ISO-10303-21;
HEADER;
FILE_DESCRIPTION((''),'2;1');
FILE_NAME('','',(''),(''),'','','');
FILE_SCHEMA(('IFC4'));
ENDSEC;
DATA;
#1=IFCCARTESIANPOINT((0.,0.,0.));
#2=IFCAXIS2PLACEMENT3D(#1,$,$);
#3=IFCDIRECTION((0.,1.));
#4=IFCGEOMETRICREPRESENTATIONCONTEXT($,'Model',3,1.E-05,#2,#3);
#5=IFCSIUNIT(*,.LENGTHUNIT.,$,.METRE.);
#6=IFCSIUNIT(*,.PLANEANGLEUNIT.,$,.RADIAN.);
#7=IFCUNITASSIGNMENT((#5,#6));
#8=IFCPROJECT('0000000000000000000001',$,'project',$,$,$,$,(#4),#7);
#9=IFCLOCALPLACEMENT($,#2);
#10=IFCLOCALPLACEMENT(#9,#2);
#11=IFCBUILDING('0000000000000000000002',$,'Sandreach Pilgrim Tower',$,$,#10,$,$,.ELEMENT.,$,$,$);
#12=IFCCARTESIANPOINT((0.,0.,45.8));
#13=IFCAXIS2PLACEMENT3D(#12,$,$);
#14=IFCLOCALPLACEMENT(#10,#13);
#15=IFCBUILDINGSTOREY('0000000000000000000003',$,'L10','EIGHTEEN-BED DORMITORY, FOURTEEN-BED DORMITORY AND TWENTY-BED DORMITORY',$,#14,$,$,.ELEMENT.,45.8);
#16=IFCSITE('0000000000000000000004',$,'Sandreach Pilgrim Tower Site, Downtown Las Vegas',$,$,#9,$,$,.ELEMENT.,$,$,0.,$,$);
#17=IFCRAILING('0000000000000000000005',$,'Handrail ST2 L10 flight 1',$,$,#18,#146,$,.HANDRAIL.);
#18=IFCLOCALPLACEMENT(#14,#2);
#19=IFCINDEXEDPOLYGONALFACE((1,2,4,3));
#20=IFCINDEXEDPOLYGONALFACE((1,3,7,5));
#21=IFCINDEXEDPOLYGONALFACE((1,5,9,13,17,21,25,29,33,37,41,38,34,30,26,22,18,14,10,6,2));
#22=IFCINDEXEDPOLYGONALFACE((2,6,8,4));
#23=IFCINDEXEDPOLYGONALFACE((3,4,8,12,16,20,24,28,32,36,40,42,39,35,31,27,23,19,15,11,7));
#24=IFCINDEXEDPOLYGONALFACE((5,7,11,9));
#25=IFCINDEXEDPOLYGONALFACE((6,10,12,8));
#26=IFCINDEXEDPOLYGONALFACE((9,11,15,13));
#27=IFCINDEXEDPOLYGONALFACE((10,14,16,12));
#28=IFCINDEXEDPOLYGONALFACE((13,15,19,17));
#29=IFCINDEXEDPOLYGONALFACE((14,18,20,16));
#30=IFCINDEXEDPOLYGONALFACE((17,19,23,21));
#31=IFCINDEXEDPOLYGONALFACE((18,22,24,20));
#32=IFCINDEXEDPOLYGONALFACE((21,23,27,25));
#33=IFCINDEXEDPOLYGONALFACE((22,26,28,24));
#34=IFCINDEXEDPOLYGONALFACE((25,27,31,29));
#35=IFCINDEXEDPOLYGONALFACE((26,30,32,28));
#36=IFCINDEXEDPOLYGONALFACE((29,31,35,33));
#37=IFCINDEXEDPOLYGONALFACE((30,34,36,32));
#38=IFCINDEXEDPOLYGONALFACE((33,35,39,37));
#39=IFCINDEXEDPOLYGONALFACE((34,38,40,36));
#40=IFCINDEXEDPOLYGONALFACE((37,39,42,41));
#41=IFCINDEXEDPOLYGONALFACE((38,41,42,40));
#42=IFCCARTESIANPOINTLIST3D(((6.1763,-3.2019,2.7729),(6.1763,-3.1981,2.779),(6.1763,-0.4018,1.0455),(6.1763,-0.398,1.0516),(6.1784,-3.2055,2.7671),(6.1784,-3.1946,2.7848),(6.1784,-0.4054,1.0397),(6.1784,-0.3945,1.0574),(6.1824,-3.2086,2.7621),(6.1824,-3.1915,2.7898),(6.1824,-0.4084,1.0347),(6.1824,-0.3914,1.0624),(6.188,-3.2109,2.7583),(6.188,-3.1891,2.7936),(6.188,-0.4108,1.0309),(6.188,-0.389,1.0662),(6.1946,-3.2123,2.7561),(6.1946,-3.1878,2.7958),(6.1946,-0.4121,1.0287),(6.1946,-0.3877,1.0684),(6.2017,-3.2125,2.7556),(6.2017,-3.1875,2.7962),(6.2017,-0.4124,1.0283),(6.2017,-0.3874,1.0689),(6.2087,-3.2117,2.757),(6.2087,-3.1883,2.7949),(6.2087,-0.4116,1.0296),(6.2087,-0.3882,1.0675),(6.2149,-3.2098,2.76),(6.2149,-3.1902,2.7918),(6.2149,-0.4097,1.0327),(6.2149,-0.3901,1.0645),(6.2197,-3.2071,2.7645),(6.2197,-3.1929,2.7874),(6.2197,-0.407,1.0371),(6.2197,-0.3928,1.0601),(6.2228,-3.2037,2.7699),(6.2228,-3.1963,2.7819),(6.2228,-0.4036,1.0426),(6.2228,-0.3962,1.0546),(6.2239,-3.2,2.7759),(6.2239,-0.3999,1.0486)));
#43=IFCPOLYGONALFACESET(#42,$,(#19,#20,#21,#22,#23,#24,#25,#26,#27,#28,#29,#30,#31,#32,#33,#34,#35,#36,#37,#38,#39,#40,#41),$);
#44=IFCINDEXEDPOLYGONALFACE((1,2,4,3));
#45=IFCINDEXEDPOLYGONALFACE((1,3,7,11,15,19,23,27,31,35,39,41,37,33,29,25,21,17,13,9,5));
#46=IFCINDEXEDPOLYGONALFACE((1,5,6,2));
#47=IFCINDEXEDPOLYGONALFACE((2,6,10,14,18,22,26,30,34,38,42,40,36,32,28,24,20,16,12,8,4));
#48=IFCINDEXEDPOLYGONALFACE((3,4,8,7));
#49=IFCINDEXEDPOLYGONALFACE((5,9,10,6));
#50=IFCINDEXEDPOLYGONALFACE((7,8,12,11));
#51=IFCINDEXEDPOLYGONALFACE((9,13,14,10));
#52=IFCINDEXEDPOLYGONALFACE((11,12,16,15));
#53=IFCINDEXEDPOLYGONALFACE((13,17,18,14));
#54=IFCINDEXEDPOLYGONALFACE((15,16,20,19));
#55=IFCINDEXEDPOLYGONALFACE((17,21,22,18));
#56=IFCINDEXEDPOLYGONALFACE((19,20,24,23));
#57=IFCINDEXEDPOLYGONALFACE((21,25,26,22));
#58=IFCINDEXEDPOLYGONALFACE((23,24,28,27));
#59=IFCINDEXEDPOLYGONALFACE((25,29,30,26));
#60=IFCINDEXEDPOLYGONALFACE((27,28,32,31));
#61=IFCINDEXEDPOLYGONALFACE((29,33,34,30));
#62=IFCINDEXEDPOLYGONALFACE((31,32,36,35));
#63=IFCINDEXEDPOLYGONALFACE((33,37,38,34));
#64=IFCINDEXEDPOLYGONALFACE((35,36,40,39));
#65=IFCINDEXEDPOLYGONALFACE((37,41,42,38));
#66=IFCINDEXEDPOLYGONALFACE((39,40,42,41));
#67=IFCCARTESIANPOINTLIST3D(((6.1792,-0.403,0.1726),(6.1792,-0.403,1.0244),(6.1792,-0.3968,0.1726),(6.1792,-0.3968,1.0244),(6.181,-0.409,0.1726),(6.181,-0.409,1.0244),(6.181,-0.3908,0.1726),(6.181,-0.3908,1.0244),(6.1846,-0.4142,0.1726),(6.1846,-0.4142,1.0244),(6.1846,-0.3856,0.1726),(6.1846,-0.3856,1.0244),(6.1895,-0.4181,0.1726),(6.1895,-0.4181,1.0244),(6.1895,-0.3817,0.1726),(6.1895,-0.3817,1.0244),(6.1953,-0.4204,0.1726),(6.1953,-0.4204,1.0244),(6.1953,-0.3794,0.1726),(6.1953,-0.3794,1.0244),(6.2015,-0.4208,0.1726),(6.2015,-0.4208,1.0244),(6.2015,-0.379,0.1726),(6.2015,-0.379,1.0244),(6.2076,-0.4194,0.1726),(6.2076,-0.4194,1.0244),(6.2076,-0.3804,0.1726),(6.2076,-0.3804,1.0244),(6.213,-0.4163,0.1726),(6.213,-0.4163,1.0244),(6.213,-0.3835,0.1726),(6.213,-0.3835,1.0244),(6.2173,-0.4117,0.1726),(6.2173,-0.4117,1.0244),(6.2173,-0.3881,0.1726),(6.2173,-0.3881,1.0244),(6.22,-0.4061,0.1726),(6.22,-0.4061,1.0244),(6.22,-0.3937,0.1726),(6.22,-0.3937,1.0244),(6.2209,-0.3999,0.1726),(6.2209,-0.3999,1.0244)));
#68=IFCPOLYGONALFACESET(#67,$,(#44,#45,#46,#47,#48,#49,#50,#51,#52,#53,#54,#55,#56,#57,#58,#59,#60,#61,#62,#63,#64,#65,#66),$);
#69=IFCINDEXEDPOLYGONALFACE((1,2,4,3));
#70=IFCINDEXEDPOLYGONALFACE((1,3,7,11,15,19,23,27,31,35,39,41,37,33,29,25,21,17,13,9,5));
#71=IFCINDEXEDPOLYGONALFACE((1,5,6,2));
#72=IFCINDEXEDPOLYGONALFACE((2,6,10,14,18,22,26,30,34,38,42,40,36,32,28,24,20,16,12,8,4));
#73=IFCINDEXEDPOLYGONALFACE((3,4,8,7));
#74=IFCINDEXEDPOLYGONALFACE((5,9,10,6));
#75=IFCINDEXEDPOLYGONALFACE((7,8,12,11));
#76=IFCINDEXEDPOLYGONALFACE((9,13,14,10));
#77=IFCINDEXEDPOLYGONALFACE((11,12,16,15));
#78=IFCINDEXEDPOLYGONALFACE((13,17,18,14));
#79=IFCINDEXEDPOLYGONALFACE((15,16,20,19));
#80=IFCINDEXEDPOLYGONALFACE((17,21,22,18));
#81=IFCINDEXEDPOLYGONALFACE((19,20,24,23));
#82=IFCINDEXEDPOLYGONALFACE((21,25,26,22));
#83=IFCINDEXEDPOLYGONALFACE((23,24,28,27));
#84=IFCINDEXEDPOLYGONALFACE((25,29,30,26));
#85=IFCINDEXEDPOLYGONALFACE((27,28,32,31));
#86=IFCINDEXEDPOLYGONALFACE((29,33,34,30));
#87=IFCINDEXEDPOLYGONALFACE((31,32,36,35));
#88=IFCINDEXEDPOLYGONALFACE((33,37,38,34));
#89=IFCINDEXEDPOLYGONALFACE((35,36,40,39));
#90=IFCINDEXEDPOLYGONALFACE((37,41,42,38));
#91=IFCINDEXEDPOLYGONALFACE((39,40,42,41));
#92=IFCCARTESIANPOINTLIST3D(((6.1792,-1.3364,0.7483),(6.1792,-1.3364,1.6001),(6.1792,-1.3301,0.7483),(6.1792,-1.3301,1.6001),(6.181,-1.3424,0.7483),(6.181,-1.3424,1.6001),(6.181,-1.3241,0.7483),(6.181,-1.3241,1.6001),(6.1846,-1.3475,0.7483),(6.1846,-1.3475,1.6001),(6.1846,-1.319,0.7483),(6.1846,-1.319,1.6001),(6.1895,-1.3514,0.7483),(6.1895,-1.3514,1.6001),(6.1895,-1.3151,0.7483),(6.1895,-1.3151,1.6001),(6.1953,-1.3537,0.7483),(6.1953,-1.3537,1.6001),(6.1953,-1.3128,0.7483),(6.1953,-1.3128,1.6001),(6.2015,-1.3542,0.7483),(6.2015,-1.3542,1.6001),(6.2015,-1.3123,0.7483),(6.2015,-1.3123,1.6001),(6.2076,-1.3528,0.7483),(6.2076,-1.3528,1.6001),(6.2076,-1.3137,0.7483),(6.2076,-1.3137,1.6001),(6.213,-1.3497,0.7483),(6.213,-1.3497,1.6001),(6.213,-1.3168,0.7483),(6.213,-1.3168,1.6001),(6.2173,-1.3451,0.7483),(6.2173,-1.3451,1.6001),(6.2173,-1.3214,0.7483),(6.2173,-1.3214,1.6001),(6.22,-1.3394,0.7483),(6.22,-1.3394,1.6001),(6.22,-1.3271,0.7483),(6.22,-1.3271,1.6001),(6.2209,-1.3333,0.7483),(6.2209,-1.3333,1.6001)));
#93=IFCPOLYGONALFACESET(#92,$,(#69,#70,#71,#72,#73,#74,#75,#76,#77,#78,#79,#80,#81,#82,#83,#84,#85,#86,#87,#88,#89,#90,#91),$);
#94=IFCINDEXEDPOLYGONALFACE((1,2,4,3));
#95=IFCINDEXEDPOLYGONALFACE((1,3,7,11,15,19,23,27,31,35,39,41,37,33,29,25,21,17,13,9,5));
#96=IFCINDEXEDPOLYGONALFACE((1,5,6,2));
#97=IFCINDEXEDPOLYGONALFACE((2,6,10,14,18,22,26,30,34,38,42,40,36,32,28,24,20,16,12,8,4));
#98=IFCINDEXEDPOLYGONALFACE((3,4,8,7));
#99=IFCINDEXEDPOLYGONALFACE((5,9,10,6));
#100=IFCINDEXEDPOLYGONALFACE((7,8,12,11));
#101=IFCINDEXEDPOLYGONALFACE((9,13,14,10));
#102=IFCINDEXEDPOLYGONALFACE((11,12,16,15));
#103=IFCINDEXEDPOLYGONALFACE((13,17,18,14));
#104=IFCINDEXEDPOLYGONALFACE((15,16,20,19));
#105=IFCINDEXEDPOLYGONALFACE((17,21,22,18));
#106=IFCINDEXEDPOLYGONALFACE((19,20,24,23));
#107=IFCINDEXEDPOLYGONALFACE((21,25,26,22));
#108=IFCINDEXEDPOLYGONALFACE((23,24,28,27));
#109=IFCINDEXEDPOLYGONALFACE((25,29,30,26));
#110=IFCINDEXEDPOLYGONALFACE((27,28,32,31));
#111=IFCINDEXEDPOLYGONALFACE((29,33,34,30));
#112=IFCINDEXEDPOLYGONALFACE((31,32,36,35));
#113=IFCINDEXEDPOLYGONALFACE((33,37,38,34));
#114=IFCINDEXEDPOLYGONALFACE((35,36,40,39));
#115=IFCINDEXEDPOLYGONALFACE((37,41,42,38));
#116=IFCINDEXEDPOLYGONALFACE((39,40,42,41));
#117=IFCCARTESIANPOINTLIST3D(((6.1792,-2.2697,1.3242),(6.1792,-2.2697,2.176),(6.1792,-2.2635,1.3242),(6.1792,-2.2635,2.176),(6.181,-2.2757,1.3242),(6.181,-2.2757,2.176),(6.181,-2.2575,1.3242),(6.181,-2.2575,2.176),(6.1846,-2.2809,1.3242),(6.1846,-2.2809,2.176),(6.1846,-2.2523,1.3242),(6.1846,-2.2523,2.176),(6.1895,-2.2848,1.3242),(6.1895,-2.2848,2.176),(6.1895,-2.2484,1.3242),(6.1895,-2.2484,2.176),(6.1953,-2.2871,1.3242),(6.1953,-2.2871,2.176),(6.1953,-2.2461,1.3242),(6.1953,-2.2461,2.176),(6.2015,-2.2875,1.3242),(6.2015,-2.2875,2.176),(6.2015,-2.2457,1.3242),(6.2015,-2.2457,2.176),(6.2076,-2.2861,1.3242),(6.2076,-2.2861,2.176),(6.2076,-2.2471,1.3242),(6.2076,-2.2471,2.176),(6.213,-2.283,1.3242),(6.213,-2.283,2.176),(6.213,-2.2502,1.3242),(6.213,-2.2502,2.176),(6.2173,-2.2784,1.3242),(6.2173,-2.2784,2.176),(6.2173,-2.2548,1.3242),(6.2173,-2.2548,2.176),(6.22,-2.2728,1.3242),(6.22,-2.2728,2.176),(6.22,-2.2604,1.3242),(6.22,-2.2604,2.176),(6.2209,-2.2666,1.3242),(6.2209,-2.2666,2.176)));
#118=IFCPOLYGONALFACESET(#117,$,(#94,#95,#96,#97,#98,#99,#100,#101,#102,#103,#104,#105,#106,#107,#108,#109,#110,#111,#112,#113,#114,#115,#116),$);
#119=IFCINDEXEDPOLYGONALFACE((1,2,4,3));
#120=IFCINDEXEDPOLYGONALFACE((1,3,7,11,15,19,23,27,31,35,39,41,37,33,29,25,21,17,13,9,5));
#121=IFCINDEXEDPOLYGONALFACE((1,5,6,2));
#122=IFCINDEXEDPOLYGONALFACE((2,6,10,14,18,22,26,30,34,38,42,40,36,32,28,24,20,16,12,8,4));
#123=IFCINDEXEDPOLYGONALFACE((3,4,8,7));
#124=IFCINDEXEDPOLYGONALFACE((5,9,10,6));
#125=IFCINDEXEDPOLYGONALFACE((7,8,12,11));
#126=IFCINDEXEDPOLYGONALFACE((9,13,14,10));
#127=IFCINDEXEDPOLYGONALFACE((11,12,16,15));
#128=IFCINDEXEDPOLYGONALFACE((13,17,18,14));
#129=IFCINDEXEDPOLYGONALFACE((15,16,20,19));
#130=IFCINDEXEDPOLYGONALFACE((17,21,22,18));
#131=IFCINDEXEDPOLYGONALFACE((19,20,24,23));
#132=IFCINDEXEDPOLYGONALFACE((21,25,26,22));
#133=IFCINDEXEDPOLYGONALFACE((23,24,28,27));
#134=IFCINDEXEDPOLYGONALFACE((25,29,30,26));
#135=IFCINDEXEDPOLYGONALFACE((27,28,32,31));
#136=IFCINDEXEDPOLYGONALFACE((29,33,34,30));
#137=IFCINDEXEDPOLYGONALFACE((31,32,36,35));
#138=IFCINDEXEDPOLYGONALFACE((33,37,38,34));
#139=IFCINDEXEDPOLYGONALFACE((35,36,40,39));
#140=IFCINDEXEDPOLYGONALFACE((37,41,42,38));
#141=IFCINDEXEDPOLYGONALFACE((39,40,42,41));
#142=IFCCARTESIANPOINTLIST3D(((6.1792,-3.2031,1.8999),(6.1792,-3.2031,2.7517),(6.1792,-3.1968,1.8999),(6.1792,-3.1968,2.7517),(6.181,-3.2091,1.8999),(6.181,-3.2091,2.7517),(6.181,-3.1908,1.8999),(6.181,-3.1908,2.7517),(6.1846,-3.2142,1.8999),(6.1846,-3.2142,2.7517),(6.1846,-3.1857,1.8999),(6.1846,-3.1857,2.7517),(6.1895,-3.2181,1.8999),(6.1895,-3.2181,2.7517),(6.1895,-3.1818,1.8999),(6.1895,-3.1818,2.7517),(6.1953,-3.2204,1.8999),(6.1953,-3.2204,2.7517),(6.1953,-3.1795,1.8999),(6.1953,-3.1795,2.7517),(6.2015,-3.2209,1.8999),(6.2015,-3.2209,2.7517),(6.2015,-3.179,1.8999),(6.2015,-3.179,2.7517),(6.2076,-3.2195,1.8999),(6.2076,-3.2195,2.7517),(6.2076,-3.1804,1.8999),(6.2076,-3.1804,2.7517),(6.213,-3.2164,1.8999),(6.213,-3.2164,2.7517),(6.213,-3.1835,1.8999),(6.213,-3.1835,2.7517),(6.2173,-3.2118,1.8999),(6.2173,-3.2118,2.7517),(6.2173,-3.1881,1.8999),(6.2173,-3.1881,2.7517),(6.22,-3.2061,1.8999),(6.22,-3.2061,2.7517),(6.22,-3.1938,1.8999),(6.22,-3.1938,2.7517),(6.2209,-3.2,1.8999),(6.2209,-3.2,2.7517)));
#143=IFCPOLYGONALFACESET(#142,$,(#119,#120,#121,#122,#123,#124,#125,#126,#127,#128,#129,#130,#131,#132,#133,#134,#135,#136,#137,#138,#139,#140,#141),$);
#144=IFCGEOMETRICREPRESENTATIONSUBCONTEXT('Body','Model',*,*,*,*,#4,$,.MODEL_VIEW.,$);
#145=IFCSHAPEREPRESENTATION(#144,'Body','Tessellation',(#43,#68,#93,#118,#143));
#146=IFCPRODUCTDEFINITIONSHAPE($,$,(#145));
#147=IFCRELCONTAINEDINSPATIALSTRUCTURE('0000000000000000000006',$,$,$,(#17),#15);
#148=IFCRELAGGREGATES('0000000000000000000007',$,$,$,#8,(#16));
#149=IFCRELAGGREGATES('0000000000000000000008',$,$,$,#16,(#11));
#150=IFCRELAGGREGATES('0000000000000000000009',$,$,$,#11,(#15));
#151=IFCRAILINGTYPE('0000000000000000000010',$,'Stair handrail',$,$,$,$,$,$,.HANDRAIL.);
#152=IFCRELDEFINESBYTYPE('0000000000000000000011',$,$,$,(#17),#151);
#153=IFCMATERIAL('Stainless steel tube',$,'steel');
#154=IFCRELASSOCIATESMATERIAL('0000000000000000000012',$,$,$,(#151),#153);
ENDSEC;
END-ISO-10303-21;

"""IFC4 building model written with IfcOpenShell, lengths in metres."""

from ifc_helpers import new_model, si_unit, direction, frame, origin, origin_2d, place, context, subcontext, project, spatial, circle, extrude, material, type_object, element, save


model = new_model("IFC4")

# Units and contexts
model_context = context("Model", 3, precision=1e-05, world=origin(), true_north=direction((0.0, 1.0)))
body_context = subcontext(model_context, "Body", "Model", "MODEL_VIEW")
ifc_project = project(units=[si_unit("LENGTHUNIT", "METRE"), si_unit("PLANEANGLEUNIT", "RADIAN")], contexts=[model_context])

# Site, building, storey
site_placement = place(None, origin())
site = spatial("IfcSite", under=ifc_project, at=site_placement, Name="Sandreach Pilgrim Tower Site, Downtown Las Vegas", CompositionType="ELEMENT", RefElevation=0.0)
building_placement = place(site_placement, origin())
building = spatial("IfcBuilding", under=site, at=building_placement, Name="Sandreach Pilgrim Tower", CompositionType="ELEMENT")
storey_placement = place(building_placement, frame((0.0, 0.0, 45.8)))
storey = spatial("IfcBuildingStorey", under=building, at=storey_placement, Name="L10", Description="EIGHTEEN-BED DORMITORY, FOURTEEN-BED DORMITORY AND TWENTY-BED DORMITORY", CompositionType="ELEMENT", Elevation=45.8)

# Railing
ifc_material_1 = material(Name="Stainless steel tube", Category="steel")
railing_type = type_object("IfcRailingType", Name="Stair handrail", PredefinedType="HANDRAIL", material=ifc_material_1)
for number, where, name in (
    (1, (6.2, -0.3999, 0.1726), "Handrail ST2 L10 flight 1"),
):
    element("IfcRailing", number, at=place(storey_placement, frame(where)), inside=storey, type_object=railing_type, Name=name, PredefinedType="HANDRAIL", context=body_context, shape_type="SweptSolid", body=[
        extrude(circle(Radius=0.0239, at=origin_2d()), frame((0.0, 0.0, 0.876), z_axis=(0.0, -0.85109, 0.52502), x_axis=(1.0, 0.0, 0.0)), (0.0, 0.0, 1.0), 3.29),
        extrude(circle(Radius=0.021, at=origin_2d()), origin(), (0.0, 0.0, 1.0), 0.8518),
        extrude(circle(Radius=0.021, at=origin_2d()), frame((0.0, -0.9333, 0.5757)), (0.0, 0.0, 1.0), 0.8518),
        extrude(circle(Radius=0.021, at=origin_2d()), frame((0.0, -1.8667, 1.1516)), (0.0, 0.0, 1.0), 0.8518),
        extrude(circle(Radius=0.021, at=origin_2d()), frame((0.0, -2.8, 1.7273)), (0.0, 0.0, 1.0), 0.8518),
    ])

save(model, "model.ifc")
